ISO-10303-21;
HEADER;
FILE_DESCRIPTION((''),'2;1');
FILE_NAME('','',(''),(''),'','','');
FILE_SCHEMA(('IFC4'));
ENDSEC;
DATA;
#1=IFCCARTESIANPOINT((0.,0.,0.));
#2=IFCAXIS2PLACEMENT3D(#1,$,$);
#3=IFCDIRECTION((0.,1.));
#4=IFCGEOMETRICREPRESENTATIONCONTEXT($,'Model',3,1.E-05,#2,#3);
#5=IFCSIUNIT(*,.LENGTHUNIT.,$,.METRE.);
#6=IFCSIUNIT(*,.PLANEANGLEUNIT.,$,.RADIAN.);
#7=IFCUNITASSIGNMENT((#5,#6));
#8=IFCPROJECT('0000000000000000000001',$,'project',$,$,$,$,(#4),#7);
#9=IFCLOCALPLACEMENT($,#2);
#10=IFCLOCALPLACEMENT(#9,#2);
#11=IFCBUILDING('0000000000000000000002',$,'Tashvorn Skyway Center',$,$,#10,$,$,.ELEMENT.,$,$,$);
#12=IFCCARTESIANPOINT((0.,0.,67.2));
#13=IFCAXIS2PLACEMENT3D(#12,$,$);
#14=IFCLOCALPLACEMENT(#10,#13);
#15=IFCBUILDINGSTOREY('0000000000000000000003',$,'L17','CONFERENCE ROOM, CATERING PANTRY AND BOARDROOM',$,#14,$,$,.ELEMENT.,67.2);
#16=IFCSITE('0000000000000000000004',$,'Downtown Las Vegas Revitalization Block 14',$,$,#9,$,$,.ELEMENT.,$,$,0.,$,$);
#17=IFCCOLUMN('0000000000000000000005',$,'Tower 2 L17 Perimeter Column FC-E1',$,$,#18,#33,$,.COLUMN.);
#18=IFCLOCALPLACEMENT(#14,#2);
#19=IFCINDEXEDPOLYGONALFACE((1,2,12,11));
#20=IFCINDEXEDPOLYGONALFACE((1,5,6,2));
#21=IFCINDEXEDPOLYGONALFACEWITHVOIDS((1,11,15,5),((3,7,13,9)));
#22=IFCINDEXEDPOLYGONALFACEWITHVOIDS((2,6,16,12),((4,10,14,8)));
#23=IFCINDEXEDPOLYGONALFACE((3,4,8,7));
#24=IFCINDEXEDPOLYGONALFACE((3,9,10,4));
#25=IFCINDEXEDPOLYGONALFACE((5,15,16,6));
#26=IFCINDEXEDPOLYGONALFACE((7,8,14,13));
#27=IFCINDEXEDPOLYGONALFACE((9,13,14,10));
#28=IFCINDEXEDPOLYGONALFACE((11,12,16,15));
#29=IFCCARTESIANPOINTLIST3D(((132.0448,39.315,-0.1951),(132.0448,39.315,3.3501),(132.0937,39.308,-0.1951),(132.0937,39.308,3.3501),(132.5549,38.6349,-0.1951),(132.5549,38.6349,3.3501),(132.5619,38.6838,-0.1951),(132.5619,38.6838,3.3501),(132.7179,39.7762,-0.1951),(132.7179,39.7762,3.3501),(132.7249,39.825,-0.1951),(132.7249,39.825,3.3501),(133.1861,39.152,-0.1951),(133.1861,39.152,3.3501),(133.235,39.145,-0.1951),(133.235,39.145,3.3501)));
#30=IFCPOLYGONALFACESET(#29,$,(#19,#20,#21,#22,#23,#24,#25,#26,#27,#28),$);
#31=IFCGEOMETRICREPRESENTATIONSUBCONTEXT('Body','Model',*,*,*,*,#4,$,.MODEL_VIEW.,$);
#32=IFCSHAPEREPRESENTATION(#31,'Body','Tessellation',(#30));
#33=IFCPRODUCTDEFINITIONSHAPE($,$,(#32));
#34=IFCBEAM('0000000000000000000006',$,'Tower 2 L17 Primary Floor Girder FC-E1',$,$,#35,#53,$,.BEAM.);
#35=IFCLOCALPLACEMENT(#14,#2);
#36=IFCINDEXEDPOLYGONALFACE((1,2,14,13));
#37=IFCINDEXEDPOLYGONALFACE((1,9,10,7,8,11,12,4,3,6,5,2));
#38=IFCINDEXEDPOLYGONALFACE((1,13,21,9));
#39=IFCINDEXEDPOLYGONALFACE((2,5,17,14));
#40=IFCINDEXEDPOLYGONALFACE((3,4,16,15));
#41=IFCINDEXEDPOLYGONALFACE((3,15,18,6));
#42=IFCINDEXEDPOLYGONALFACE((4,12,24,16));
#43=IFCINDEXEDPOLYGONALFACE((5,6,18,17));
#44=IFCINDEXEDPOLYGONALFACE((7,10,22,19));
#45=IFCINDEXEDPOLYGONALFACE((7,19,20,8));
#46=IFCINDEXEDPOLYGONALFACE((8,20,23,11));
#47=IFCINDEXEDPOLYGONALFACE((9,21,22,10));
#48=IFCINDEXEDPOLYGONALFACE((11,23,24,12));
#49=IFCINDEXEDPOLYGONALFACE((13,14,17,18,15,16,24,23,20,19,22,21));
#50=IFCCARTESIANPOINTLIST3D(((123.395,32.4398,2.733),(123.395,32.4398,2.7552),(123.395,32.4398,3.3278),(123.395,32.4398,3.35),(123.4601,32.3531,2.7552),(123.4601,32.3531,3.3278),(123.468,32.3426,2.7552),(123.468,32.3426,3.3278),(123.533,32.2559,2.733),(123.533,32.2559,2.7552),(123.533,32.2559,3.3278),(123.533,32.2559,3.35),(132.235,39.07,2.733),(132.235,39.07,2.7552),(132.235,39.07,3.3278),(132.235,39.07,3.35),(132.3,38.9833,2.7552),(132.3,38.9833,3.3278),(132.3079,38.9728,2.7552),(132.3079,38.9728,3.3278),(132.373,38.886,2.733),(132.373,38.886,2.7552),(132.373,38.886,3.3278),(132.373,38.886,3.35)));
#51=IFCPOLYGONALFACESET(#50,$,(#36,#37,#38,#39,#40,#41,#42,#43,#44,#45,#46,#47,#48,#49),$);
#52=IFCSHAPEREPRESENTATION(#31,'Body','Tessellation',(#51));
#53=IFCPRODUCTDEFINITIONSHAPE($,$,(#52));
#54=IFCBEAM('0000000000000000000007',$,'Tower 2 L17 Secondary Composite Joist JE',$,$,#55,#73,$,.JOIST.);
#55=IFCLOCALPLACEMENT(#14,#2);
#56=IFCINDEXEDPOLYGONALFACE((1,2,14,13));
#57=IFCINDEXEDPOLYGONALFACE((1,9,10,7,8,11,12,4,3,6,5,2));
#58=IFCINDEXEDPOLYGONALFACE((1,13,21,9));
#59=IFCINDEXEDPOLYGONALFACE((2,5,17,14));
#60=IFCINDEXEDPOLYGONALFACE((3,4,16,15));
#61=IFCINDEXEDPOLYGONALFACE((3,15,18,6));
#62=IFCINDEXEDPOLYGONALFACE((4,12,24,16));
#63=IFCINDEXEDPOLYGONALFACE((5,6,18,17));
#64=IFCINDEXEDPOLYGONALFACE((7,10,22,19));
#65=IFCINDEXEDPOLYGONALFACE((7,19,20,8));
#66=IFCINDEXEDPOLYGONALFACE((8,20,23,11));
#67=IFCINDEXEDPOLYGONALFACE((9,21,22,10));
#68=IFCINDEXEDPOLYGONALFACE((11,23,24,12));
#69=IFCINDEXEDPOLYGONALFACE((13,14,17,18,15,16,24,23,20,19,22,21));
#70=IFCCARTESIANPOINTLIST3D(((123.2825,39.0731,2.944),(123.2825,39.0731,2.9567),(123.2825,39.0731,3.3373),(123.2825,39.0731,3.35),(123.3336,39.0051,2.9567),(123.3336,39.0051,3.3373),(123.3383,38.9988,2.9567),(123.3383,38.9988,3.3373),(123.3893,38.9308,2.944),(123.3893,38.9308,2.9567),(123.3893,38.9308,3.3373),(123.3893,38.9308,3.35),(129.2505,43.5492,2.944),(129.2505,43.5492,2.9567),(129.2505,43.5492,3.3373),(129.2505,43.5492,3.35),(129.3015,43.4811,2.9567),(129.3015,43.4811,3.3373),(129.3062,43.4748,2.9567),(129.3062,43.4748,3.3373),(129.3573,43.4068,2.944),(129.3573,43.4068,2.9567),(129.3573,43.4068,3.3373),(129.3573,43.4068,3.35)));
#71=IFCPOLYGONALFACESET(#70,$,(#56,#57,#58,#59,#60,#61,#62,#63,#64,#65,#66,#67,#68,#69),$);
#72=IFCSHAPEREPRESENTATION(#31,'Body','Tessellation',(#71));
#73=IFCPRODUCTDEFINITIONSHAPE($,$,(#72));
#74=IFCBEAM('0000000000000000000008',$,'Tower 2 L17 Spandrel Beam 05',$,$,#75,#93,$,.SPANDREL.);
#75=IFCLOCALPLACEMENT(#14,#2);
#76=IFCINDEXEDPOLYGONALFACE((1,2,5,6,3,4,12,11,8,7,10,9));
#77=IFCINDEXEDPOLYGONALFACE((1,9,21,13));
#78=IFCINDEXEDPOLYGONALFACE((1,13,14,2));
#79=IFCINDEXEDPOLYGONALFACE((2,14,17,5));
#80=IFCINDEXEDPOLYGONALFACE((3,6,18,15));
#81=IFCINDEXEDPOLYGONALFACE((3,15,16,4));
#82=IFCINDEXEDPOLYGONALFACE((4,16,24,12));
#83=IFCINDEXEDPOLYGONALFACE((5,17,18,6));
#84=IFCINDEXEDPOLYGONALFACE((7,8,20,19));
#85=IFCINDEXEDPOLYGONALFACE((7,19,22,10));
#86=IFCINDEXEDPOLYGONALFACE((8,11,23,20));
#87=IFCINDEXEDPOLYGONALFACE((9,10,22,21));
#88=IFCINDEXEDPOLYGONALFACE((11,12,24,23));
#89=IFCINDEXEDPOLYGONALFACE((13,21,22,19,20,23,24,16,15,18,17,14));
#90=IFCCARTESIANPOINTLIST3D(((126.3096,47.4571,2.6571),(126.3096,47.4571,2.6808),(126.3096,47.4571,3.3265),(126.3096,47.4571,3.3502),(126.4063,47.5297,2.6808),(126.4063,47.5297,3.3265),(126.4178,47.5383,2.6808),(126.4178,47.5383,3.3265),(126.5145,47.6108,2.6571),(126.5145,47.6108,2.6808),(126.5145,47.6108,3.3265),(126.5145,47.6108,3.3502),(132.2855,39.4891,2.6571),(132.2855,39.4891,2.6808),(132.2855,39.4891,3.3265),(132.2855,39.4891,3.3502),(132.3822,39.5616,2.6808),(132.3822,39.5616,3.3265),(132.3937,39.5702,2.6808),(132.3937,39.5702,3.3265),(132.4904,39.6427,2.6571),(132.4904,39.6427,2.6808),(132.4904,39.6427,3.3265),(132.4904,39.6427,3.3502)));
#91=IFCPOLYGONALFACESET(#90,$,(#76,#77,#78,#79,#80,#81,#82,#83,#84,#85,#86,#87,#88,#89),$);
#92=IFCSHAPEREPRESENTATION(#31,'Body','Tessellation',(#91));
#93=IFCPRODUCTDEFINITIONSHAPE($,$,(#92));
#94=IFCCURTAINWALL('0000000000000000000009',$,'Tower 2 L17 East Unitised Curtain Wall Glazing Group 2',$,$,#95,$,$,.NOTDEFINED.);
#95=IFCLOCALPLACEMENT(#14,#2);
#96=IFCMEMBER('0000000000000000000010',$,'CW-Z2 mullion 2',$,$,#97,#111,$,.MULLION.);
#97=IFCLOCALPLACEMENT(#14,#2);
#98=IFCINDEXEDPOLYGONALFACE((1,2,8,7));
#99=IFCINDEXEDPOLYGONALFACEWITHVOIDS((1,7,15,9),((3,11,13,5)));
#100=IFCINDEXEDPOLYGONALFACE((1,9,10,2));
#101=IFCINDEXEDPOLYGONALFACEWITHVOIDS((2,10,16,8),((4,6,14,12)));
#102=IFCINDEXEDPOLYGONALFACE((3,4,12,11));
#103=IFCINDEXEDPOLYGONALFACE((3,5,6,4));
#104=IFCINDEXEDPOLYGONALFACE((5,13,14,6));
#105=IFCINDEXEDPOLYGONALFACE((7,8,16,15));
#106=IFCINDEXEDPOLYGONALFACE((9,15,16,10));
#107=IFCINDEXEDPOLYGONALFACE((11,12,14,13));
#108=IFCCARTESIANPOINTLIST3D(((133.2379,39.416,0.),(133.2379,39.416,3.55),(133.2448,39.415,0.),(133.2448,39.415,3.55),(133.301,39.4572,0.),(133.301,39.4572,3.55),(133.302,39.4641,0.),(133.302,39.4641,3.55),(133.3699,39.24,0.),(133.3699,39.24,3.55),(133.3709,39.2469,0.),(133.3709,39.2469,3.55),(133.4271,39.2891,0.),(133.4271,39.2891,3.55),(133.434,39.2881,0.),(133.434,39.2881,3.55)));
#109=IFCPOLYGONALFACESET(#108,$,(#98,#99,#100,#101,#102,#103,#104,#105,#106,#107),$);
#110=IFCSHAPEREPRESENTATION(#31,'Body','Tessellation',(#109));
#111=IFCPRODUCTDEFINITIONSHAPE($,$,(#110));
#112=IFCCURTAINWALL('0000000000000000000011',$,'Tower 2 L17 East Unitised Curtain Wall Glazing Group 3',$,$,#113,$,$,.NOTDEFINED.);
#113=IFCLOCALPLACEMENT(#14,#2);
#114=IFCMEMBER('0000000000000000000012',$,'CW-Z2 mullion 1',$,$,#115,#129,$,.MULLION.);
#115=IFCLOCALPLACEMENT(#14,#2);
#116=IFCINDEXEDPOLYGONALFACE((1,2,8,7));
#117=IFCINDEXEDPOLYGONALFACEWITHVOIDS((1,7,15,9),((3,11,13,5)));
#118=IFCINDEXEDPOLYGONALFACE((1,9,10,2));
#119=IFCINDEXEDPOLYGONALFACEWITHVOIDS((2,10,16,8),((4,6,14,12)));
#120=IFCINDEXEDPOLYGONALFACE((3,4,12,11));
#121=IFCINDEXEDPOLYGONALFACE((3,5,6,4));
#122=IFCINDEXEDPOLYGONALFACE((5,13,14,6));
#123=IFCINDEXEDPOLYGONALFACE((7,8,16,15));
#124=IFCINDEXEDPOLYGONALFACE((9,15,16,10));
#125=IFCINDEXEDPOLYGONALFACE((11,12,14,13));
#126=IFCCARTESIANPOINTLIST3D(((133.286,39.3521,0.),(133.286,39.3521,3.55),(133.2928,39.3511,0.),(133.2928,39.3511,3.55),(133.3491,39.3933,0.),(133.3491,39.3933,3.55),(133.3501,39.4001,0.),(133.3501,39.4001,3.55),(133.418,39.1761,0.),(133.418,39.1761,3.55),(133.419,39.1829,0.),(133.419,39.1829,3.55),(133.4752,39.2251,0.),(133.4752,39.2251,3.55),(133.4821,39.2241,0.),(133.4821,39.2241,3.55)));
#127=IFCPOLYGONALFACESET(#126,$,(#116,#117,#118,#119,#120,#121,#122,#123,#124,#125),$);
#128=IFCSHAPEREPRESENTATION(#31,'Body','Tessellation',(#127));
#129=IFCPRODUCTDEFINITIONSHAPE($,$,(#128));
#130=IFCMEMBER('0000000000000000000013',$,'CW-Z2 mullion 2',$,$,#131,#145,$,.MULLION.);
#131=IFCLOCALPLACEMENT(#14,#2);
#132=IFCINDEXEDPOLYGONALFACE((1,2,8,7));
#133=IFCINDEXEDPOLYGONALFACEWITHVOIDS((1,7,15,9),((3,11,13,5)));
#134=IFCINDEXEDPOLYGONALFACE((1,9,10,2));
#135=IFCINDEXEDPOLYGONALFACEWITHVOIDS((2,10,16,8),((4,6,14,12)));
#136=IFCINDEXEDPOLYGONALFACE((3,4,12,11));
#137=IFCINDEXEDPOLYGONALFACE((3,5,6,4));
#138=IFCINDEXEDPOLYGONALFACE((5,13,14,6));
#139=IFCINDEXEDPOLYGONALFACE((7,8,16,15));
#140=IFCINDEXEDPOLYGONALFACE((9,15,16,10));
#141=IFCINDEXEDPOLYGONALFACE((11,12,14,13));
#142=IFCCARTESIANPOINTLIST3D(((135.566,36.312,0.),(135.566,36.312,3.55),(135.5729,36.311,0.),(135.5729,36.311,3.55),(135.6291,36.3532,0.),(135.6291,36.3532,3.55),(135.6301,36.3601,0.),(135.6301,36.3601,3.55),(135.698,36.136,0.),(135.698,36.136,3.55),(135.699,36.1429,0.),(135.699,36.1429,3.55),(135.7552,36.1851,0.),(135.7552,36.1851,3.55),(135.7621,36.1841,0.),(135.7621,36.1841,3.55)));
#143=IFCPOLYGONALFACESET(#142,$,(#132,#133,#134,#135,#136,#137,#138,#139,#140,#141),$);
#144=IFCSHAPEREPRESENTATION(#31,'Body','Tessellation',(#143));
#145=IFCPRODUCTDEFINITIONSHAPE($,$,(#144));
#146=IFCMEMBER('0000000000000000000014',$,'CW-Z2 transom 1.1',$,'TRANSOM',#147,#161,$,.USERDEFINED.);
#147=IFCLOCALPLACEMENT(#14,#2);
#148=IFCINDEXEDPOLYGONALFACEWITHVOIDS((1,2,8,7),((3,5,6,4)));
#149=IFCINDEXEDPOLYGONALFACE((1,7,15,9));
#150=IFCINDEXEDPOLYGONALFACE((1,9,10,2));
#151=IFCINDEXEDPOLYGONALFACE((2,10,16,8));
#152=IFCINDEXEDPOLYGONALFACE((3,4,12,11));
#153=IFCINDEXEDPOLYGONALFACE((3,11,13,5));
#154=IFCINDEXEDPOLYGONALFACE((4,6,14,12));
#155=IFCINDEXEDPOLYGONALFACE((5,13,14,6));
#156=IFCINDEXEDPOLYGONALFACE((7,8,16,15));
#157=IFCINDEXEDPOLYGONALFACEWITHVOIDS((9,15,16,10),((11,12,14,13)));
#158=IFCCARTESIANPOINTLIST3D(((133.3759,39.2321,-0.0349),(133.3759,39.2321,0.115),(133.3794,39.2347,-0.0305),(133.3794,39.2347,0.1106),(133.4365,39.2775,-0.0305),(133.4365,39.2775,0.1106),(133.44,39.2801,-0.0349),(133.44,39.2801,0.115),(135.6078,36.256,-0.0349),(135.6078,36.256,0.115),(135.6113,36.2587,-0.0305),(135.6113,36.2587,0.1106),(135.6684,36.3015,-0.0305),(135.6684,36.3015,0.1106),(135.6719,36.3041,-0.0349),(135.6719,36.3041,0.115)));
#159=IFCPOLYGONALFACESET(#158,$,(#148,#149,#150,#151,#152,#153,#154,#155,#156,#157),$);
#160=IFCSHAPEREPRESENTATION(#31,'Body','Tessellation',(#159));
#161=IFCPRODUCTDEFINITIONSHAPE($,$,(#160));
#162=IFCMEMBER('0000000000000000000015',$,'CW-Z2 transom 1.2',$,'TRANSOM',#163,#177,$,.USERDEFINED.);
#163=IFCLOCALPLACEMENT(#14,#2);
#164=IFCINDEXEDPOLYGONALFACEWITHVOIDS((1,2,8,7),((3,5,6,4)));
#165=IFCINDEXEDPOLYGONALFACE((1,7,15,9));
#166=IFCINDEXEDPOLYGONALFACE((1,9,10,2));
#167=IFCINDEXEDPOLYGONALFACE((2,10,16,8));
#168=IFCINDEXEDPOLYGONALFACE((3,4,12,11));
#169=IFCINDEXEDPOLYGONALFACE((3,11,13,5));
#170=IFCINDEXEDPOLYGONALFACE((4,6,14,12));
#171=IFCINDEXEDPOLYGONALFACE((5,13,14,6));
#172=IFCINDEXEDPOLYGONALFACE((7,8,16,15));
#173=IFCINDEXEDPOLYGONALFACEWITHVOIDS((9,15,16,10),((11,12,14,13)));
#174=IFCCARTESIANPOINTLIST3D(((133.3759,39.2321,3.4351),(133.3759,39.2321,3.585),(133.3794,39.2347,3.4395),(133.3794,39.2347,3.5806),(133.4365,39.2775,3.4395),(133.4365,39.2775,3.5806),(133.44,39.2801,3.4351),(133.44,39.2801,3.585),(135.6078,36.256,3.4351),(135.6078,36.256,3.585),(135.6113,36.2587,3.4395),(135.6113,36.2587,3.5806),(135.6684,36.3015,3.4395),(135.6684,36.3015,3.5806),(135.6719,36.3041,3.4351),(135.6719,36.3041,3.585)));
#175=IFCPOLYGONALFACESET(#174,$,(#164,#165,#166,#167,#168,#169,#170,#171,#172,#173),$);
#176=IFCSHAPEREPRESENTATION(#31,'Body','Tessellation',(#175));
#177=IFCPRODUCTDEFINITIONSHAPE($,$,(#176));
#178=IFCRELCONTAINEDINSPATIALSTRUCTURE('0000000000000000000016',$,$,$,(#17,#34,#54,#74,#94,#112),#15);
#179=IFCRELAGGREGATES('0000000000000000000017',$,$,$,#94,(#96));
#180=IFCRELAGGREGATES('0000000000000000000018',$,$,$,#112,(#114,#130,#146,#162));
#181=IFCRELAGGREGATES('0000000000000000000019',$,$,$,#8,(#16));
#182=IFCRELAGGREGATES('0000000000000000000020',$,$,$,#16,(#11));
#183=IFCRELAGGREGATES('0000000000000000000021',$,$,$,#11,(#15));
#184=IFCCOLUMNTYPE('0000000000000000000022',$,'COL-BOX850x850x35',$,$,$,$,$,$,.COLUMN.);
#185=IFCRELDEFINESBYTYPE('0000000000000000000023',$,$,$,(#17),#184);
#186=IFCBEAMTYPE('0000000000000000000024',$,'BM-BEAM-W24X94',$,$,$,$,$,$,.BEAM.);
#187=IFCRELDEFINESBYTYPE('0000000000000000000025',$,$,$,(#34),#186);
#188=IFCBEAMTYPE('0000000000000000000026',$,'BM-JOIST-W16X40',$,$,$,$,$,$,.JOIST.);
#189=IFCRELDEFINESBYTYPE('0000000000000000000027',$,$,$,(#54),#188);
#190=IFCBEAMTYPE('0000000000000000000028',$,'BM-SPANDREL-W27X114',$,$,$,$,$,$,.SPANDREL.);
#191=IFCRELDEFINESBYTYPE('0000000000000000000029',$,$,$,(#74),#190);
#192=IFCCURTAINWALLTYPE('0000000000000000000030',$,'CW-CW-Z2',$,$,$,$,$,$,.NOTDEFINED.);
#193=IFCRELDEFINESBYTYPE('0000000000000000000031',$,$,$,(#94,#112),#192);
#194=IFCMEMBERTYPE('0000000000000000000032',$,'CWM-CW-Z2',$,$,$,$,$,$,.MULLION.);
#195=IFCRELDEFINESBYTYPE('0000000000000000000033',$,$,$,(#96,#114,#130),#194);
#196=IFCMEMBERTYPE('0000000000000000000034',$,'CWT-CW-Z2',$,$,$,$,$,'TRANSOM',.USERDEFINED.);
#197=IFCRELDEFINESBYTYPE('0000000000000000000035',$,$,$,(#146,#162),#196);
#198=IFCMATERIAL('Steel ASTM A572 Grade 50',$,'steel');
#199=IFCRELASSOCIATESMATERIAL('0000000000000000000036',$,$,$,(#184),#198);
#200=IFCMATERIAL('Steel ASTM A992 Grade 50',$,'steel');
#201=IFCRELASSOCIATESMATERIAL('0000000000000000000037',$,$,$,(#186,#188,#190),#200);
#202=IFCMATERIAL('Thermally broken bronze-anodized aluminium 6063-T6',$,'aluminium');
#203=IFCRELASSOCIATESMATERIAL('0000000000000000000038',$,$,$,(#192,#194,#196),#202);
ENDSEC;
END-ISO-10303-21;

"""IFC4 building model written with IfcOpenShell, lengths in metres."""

from ifc_helpers import new_model, si_unit, direction, frame, origin, origin_2d, place, context, subcontext, project, spatial, hollow_rectangle, i_section, extrude, material, material_profile, profile_set, type_object, element, aggregate, save


model = new_model("IFC4")

# Units and contexts
model_context = context("Model", 3, precision=1e-05, world=origin(), true_north=direction((0.0, 1.0)))
body_context = subcontext(model_context, "Body", "Model", "MODEL_VIEW")
ifc_project = project(units=[si_unit("LENGTHUNIT", "METRE"), si_unit("PLANEANGLEUNIT", "RADIAN")], contexts=[model_context])

# Site, building, storey
site_placement = place(None, origin())
site = spatial("IfcSite", under=ifc_project, at=site_placement, Name="Downtown Las Vegas Revitalization Block 14", CompositionType="ELEMENT", RefElevation=0.0)
building_placement = place(site_placement, origin())
building = spatial("IfcBuilding", under=site, at=building_placement, Name="Tashvorn Skyway Center", CompositionType="ELEMENT")
storey_placement = place(building_placement, frame((0.0, 0.0, 67.2)))
storey = spatial("IfcBuildingStorey", under=building, at=storey_placement, Name="L17", Description="CONFERENCE ROOM, CATERING PANTRY AND BOARDROOM", CompositionType="ELEMENT", Elevation=67.2)

# Column
ifc_material_1 = material(Name="Steel ASTM A572 Grade 50", Category="steel")
ifc_material_profile_1 = material_profile(ifc_material_1, hollow_rectangle(XDim=0.8501, YDim=0.8501, WallThickness=0.0349, at=origin_2d()), Name="BOX850x850x35")
ifc_profile_set_1 = profile_set([ifc_material_profile_1], Name="Steel ASTM A572 Grade 50")
column_type = type_object("IfcColumnType", Name="COL-BOX850x850x35", PredefinedType="COLUMN", material=ifc_profile_set_1)
column_placement = place(storey_placement, frame((132.6399, 39.23, -0.1951), z_axis=(0.0, 0.0, 1.0), x_axis=(0.8, 0.6, 0.0)))
element("IfcColumn", 1, at=column_placement, inside=storey, type_object=column_type, Name="Tower 2 L17 Perimeter Column FC-E1", PredefinedType="COLUMN", context=body_context, shape_type="SweptSolid", body=[
    extrude(hollow_rectangle(XDim=0.8501, YDim=0.8501, WallThickness=0.0349, at=origin_2d()), origin(), (0.0, 0.0, 1.0), 3.5452),
])

# Beams
ifc_material_2 = material(Name="Steel ASTM A992 Grade 50", Category="steel")
ifc_material_profile_2 = material_profile(ifc_material_2, i_section(OverallWidth=0.23, OverallDepth=0.6169, WebThickness=0.0132, FlangeThickness=0.0222, at=origin_2d()), Name="W24X94")
ifc_profile_set_2 = profile_set([ifc_material_profile_2], Name="Steel ASTM A992 Grade 50")
beam_type_1 = type_object("IfcBeamType", Name="BM-BEAM-W24X94", PredefinedType="BEAM", material=ifc_profile_set_2)
beam_1_placement = place(storey_placement, frame((132.304, 38.978, 3.0415), z_axis=(-0.799989, -0.600014, 0.0), x_axis=(0.600014, -0.799989, 0.0)))
element("IfcBeam", 2, at=beam_1_placement, inside=storey, type_object=beam_type_1, Name="Tower 2 L17 Primary Floor Girder FC-E1", PredefinedType="BEAM", context=body_context, shape_type="SweptSolid", body=[
    extrude(i_section(OverallWidth=0.23, OverallDepth=0.6169, WebThickness=0.0132, FlangeThickness=0.0222, at=origin_2d()), origin(), (0.0, 0.0, 1.0), 11.05),
])
ifc_material_profile_3 = material_profile(ifc_material_2, i_section(OverallWidth=0.178, OverallDepth=0.406, WebThickness=0.0078, FlangeThickness=0.0127, at=origin_2d()), Name="W16X40")
ifc_profile_set_3 = profile_set([ifc_material_profile_3], Name="Steel ASTM A992 Grade 50")
beam_type_2 = type_object("IfcBeamType", Name="BM-JOIST-W16X40", PredefinedType="JOIST", material=ifc_profile_set_3)
beam_2_placement = place(storey_placement, frame((123.3359, 39.002, 3.147), z_axis=(0.799996, 0.600005, 0.0), x_axis=(-0.600005, 0.799996, 0.0)))
element("IfcBeam", 3, at=beam_2_placement, inside=storey, type_object=beam_type_2, Name="Tower 2 L17 Secondary Composite Joist JE", PredefinedType="JOIST", context=body_context, shape_type="SweptSolid", body=[
    extrude(i_section(OverallWidth=0.178, OverallDepth=0.406, WebThickness=0.0078, FlangeThickness=0.0127, at=origin_2d()), origin(), (0.0, 0.0, 1.0), 7.46),
])
ifc_material_profile_4 = material_profile(ifc_material_2, i_section(OverallWidth=0.2561, OverallDepth=0.6931, WebThickness=0.0144, FlangeThickness=0.0237, at=origin_2d()), Name="W27X114")
ifc_profile_set_4 = profile_set([ifc_material_profile_4], Name="Steel ASTM A992 Grade 50")
beam_type_3 = type_object("IfcBeamType", Name="BM-SPANDREL-W27X114", PredefinedType="SPANDREL", material=ifc_profile_set_4)
beam_3_placement = place(storey_placement, frame((132.3879, 39.5659, 3.0037), z_axis=(-0.599988, 0.800009, 0.0), x_axis=(-0.800009, -0.599988, 0.0)))
element("IfcBeam", 4, at=beam_3_placement, inside=storey, type_object=beam_type_3, Name="Tower 2 L17 Spandrel Beam 05", PredefinedType="SPANDREL", context=body_context, shape_type="SweptSolid", body=[
    extrude(i_section(OverallWidth=0.2561, OverallDepth=0.6931, WebThickness=0.0144, FlangeThickness=0.0237, at=origin_2d()), origin(), (0.0, 0.0, 1.0), 9.96),
])

# Curtain wall, member
ifc_material_3 = material(Name="Thermally broken bronze-anodized aluminium 6063-T6", Category="aluminium")
curtain_wall_type = type_object("IfcCurtainWallType", Name="CW-CW-Z2", PredefinedType="NOTDEFINED", material=ifc_material_3)
curtain_wall_1_placement = place(storey_placement, origin())
curtain_wall_1 = element("IfcCurtainWall", 5, at=curtain_wall_1_placement, inside=storey, type_object=curtain_wall_type, Name="Tower 2 L17 East Unitised Curtain Wall Glazing Group 2", PredefinedType="NOTDEFINED")
ifc_material_profile_5 = material_profile(ifc_material_3, hollow_rectangle(XDim=0.0801, YDim=0.22, WallThickness=0.0049, at=origin_2d()), Name="ALU-MULL-80x220")
ifc_profile_set_5 = profile_set([ifc_material_profile_5], Name="Thermally broken bronze-anodized aluminium 6063-T6")
member_type_1 = type_object("IfcMemberType", Name="CWM-CW-Z2", PredefinedType="MULLION", material=ifc_profile_set_5)
member_1_placement = place(storey_placement, frame((133.3359, 39.3521, 0.0), z_axis=(0.0, 0.0, 1.0), x_axis=(0.8, 0.6, 0.0)))
member_1 = element("IfcMember", 6, at=member_1_placement, type_object=member_type_1, Name="CW-Z2 mullion 2", PredefinedType="MULLION", context=body_context, shape_type="SweptSolid", body=[
    extrude(hollow_rectangle(XDim=0.0801, YDim=0.22, WallThickness=0.0049, at=origin_2d()), origin(), (0.0, 0.0, 1.0), 3.55),
])
aggregate(curtain_wall_1, [member_1])

# Curtain wall, members
curtain_wall_2_placement = place(storey_placement, origin())
curtain_wall_2 = element("IfcCurtainWall", 7, at=curtain_wall_2_placement, inside=storey, type_object=curtain_wall_type, Name="Tower 2 L17 East Unitised Curtain Wall Glazing Group 3", PredefinedType="NOTDEFINED")
member_2_placement = place(storey_placement, frame((133.384, 39.2881, 0.0), z_axis=(0.0, 0.0, 1.0), x_axis=(0.8, 0.6, 0.0)))
member_2 = element("IfcMember", 8, at=member_2_placement, type_object=member_type_1, Name="CW-Z2 mullion 1", PredefinedType="MULLION", context=body_context, shape_type="SweptSolid", body=[
    extrude(hollow_rectangle(XDim=0.0801, YDim=0.22, WallThickness=0.0049, at=origin_2d()), origin(), (0.0, 0.0, 1.0), 3.55),
])
member_3_placement = place(storey_placement, frame((135.6641, 36.248, 0.0), z_axis=(0.0, 0.0, 1.0), x_axis=(0.8, 0.6, 0.0)))
member_3 = element("IfcMember", 9, at=member_3_placement, type_object=member_type_1, Name="CW-Z2 mullion 2", PredefinedType="MULLION", context=body_context, shape_type="SweptSolid", body=[
    extrude(hollow_rectangle(XDim=0.0801, YDim=0.22, WallThickness=0.0049, at=origin_2d()), origin(), (0.0, 0.0, 1.0), 3.55),
])
ifc_material_profile_6 = material_profile(ifc_material_3, hollow_rectangle(XDim=0.0801, YDim=0.1499, WallThickness=0.0044, at=origin_2d()), Name="ALU-TRAN-80x150")
ifc_profile_set_6 = profile_set([ifc_material_profile_6], Name="Thermally broken bronze-anodized aluminium 6063-T6")
member_type_2 = type_object("IfcMemberType", Name="CWT-CW-Z2", ElementType="TRANSOM", PredefinedType="USERDEFINED", material=ifc_profile_set_6)
member_4_placement = place(storey_placement, frame((133.408, 39.2561, 0.04), z_axis=(0.599979, -0.800016, 0.0), x_axis=(0.800016, 0.599979, 0.0)))
member_4 = element("IfcMember", 10, at=member_4_placement, type_object=member_type_2, Name="CW-Z2 transom 1.1", ObjectType="TRANSOM", PredefinedType="USERDEFINED", context=body_context, shape_type="SweptSolid", body=[
    extrude(hollow_rectangle(XDim=0.0801, YDim=0.1499, WallThickness=0.0044, at=origin_2d()), origin(), (0.0, 0.0, 1.0), 3.72),
])
member_5_placement = place(storey_placement, frame((133.408, 39.2561, 3.51), z_axis=(0.599979, -0.800016, 0.0), x_axis=(0.800016, 0.599979, 0.0)))
member_5 = element("IfcMember", 11, at=member_5_placement, type_object=member_type_2, Name="CW-Z2 transom 1.2", ObjectType="TRANSOM", PredefinedType="USERDEFINED", context=body_context, shape_type="SweptSolid", body=[
    extrude(hollow_rectangle(XDim=0.0801, YDim=0.1499, WallThickness=0.0044, at=origin_2d()), origin(), (0.0, 0.0, 1.0), 3.72),
])
aggregate(curtain_wall_2, [member_2, member_3, member_4, member_5])

save(model, "model.ifc")
